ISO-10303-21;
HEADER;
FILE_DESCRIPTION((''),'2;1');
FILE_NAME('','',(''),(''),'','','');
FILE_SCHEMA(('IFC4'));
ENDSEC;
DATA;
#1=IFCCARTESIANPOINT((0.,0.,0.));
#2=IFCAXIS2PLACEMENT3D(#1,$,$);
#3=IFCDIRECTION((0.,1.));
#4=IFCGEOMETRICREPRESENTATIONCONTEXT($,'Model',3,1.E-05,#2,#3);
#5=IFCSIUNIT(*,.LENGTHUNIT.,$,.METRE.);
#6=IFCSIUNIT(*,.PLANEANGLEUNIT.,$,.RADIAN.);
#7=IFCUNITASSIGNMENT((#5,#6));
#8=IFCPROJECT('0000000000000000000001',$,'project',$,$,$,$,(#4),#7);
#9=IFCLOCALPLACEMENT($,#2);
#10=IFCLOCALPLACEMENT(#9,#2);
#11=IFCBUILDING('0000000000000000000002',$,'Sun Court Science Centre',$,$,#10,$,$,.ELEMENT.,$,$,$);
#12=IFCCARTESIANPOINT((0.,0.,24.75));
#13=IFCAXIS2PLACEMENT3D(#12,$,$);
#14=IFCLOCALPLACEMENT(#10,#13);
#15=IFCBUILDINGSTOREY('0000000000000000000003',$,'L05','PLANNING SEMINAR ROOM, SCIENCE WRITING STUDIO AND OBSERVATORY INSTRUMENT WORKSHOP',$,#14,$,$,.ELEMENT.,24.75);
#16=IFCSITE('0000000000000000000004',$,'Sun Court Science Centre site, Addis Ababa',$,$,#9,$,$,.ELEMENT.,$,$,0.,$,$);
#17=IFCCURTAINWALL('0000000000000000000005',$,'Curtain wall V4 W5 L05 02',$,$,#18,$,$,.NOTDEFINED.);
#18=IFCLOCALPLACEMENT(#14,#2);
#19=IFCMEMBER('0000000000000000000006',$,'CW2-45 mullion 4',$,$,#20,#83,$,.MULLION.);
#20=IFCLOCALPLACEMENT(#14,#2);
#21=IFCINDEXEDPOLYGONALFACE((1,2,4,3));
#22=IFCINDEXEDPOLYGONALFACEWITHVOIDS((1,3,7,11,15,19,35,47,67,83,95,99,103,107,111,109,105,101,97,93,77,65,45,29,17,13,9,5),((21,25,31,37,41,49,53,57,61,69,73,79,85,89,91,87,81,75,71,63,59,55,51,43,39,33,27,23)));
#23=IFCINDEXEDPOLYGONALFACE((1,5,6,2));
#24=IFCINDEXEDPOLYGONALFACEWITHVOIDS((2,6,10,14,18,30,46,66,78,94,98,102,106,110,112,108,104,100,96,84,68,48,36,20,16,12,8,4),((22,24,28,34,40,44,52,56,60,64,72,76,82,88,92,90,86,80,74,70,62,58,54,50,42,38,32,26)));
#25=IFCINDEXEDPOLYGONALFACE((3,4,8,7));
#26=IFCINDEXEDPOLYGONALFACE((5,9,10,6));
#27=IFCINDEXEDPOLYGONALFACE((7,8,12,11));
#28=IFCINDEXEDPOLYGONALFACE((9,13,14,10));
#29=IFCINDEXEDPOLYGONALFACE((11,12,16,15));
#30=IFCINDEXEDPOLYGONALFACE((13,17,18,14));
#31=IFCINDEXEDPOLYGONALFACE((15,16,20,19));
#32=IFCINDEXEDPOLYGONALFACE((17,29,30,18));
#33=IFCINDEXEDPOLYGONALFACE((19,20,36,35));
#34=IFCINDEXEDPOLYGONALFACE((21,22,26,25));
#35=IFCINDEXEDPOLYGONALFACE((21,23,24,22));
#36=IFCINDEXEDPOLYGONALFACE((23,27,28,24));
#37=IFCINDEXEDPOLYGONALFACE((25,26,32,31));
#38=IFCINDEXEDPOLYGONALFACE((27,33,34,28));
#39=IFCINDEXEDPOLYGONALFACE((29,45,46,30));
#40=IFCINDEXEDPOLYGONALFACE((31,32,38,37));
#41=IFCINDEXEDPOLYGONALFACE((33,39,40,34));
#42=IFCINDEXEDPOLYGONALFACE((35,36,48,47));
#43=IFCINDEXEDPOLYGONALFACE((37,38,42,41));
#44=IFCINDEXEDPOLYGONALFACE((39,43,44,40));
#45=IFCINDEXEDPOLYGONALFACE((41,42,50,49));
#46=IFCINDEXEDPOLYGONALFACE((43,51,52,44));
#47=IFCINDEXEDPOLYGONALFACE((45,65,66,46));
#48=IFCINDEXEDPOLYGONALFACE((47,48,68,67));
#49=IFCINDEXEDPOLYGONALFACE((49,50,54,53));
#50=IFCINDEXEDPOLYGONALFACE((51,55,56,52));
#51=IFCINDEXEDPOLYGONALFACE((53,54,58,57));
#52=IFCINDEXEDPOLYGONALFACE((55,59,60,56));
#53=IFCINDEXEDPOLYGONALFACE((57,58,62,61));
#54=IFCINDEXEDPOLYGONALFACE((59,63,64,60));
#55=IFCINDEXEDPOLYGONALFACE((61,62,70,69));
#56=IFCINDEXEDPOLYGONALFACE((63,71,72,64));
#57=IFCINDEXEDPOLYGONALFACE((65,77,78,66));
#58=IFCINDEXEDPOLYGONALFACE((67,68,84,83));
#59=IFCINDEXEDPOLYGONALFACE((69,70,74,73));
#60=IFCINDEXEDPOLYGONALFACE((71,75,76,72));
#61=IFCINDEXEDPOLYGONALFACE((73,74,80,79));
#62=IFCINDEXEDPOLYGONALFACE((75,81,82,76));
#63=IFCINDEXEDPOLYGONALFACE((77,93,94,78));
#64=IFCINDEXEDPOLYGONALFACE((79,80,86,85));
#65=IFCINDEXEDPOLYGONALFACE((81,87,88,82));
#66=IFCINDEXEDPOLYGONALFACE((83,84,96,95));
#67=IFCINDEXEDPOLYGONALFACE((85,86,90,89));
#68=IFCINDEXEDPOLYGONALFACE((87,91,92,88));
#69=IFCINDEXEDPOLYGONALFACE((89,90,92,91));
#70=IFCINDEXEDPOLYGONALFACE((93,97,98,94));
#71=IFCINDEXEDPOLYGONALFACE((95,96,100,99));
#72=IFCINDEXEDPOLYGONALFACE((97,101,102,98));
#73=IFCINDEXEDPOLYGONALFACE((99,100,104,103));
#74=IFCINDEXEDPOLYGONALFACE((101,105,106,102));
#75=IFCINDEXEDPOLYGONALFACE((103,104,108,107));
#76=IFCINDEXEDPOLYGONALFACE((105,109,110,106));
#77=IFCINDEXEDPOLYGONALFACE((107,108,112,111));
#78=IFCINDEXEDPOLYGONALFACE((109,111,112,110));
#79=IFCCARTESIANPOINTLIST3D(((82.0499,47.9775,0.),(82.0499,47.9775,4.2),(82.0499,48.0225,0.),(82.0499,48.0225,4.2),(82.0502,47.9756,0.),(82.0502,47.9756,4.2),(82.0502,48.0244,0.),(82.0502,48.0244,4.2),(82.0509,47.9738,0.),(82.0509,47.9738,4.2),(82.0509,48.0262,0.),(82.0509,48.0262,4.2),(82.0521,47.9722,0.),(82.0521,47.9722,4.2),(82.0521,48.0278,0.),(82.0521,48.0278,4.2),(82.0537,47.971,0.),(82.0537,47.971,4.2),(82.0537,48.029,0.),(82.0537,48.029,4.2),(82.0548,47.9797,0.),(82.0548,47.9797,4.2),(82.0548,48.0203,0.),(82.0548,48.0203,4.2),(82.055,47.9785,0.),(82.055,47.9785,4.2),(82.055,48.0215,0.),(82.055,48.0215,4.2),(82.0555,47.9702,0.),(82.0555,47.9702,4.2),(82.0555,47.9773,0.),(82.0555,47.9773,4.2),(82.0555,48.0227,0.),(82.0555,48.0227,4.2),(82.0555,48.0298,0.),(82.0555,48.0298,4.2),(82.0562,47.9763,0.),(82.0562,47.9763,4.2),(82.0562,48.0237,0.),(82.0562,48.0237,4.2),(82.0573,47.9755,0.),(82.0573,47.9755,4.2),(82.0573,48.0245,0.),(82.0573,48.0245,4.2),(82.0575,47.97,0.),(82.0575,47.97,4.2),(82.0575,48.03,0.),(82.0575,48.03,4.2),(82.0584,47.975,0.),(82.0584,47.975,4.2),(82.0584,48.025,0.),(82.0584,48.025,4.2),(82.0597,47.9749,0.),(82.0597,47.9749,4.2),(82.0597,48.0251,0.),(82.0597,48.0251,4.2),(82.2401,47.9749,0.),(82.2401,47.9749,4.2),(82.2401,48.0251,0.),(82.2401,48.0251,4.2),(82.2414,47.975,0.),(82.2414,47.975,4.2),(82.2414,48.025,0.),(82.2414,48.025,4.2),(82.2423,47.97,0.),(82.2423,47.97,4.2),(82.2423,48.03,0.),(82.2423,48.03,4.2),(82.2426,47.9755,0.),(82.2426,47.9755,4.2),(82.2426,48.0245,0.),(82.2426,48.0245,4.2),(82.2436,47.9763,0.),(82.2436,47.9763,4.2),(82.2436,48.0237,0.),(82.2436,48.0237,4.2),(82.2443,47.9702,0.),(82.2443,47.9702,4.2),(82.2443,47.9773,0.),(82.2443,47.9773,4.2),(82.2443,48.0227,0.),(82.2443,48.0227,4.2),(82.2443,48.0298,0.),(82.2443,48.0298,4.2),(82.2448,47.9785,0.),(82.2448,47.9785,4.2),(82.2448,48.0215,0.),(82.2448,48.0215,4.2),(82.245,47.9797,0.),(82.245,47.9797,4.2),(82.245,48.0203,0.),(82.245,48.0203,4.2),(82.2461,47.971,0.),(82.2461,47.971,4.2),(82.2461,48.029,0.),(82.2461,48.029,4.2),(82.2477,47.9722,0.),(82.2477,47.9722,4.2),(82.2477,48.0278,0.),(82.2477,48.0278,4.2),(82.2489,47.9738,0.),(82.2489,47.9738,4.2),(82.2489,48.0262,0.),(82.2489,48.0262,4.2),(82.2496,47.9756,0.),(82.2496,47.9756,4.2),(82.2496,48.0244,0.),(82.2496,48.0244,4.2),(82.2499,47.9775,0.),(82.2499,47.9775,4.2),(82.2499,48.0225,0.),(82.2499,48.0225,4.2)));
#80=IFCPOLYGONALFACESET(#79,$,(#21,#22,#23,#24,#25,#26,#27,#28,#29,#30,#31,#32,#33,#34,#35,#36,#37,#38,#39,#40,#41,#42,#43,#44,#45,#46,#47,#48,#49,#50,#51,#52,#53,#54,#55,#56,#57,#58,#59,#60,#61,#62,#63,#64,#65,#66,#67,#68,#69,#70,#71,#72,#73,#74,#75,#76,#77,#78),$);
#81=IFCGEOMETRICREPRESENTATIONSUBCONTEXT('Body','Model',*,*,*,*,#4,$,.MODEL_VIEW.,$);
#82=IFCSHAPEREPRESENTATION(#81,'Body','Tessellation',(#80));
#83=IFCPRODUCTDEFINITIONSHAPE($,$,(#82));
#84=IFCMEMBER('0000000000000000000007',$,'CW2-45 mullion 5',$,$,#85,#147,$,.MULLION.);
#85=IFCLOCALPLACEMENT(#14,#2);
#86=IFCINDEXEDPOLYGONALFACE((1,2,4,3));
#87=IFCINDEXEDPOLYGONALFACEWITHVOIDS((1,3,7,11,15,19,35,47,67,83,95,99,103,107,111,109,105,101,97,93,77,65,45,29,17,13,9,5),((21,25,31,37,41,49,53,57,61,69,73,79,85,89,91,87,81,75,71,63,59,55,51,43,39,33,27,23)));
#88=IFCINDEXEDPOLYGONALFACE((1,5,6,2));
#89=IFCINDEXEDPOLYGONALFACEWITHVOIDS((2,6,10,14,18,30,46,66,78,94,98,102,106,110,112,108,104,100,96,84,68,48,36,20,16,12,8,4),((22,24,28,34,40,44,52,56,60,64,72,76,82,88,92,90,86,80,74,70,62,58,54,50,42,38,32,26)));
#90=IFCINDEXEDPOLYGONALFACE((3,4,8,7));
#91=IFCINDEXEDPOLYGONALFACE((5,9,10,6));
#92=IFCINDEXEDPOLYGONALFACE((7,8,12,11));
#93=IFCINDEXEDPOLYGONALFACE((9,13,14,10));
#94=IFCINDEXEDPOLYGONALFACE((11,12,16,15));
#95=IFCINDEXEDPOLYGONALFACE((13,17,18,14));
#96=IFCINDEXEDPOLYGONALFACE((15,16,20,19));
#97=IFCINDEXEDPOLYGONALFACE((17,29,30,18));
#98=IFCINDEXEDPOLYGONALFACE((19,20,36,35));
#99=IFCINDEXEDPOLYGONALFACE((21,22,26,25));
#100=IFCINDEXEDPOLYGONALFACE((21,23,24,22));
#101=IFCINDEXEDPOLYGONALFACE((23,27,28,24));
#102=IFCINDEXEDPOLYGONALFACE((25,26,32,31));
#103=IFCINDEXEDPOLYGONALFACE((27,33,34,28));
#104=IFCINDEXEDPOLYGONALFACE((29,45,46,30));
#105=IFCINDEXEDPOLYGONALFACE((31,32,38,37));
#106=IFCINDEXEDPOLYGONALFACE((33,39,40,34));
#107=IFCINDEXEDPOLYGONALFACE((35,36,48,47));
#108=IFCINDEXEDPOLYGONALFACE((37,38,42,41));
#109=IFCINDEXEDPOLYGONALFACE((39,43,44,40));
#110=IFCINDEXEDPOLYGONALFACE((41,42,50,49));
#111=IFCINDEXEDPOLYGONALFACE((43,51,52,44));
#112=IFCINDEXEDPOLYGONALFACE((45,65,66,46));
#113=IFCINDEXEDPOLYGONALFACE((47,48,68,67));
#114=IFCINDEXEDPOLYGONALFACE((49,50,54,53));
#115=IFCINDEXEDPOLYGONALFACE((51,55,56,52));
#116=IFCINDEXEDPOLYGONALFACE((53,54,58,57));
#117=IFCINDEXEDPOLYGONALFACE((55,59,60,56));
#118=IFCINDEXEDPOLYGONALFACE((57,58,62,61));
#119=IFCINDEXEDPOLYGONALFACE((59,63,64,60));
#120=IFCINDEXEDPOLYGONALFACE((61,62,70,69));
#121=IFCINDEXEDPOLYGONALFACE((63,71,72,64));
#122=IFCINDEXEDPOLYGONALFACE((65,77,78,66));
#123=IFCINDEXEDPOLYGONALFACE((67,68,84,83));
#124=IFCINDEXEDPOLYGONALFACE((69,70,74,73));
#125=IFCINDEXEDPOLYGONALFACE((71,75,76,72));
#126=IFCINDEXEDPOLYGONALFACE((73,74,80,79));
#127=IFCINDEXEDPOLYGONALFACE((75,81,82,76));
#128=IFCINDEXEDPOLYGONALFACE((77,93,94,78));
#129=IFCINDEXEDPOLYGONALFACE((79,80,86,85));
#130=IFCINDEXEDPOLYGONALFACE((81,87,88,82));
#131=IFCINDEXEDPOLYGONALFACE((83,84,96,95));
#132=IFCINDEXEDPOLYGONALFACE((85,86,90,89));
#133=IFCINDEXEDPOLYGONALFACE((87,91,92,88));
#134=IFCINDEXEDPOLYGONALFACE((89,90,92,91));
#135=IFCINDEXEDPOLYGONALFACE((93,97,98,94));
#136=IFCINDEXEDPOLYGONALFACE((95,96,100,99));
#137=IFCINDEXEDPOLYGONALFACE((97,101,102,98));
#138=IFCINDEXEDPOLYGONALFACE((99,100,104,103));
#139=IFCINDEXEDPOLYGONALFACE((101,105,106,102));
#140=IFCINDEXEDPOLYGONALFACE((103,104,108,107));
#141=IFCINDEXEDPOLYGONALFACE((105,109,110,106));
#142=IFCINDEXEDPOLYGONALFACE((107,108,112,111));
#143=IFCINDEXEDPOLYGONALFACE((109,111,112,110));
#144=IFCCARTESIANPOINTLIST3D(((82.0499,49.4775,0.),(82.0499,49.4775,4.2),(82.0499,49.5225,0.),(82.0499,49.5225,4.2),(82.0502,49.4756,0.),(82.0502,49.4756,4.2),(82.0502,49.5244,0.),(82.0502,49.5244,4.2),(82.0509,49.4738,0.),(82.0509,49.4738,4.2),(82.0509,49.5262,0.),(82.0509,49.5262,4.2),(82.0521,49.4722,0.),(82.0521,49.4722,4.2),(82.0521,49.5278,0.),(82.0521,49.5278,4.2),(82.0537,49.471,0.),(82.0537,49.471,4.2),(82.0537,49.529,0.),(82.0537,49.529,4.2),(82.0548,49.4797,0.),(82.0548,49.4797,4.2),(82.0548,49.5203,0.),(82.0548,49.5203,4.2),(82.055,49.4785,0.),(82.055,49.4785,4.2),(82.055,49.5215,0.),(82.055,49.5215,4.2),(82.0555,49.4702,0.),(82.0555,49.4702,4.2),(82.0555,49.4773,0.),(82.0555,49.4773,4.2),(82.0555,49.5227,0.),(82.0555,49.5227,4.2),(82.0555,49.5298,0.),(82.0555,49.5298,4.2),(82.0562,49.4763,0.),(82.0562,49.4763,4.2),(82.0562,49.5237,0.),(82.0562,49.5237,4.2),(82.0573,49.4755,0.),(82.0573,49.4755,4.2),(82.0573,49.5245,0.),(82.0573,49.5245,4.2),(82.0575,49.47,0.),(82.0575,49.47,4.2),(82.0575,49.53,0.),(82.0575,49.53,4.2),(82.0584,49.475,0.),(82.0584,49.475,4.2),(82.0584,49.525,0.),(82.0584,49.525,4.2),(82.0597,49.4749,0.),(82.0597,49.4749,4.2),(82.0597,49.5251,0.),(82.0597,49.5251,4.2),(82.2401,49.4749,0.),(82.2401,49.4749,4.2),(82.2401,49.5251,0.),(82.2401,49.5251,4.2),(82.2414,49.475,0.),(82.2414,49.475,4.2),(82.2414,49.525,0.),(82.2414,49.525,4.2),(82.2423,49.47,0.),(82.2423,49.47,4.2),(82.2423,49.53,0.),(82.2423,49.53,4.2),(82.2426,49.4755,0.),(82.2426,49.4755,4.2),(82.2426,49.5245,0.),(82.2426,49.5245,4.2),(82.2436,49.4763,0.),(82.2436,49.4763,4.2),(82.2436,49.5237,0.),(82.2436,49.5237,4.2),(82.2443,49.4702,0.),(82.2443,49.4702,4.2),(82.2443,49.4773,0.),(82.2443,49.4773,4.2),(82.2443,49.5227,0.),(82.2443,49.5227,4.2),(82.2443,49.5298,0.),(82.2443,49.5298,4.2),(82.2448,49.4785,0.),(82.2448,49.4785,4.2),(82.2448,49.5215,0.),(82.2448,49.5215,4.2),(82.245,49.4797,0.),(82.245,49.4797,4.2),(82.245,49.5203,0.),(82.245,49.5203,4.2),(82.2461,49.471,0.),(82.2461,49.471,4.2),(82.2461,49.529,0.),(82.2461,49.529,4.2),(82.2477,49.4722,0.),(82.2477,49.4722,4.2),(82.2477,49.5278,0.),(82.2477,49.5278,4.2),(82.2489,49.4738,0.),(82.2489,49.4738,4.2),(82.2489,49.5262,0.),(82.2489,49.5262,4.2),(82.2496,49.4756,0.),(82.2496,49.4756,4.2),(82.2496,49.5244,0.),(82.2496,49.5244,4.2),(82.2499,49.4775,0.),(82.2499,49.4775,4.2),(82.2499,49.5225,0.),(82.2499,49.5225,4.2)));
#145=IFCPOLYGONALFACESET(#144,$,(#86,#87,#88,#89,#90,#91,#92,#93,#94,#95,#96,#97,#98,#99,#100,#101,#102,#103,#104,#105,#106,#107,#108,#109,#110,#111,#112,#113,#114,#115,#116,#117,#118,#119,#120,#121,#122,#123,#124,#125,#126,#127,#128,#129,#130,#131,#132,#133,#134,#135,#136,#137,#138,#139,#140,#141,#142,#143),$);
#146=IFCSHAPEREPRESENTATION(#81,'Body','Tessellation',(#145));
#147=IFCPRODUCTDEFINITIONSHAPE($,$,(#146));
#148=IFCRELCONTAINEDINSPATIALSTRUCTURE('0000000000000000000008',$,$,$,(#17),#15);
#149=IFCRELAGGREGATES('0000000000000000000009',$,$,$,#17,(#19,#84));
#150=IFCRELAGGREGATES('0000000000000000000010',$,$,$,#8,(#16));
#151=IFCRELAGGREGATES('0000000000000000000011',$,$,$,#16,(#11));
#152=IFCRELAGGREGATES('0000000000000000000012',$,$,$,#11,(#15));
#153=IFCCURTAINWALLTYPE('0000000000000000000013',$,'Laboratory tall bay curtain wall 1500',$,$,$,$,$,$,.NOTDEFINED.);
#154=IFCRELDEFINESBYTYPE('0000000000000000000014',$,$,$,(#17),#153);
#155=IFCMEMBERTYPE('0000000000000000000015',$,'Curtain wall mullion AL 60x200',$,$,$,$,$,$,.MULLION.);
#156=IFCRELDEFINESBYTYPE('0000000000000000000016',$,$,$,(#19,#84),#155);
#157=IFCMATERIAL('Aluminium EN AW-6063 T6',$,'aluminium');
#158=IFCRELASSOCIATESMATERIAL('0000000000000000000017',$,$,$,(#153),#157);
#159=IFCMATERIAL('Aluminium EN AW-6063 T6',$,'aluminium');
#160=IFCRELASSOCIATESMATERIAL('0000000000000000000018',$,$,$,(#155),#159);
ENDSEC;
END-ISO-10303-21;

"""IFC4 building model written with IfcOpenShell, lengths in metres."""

from ifc_helpers import new_model, si_unit, direction, frame, origin, origin_2d, place, context, subcontext, project, spatial, hollow_rectangle, extrude, material, material_profile, profile_set, type_object, element, aggregate, save


model = new_model("IFC4")

# Units and contexts
model_context = context("Model", 3, precision=1e-05, world=origin(), true_north=direction((0.0, 1.0)))
body_context = subcontext(model_context, "Body", "Model", "MODEL_VIEW")
ifc_project = project(units=[si_unit("LENGTHUNIT", "METRE"), si_unit("PLANEANGLEUNIT", "RADIAN")], contexts=[model_context])

# Site, building, storey
site_placement = place(None, origin())
site = spatial("IfcSite", under=ifc_project, at=site_placement, Name="Sun Court Science Centre site, Addis Ababa", CompositionType="ELEMENT", RefElevation=0.0)
building_placement = place(site_placement, origin())
building = spatial("IfcBuilding", under=site, at=building_placement, Name="Sun Court Science Centre", CompositionType="ELEMENT")
storey_placement = place(building_placement, frame((0.0, 0.0, 24.75)))
storey = spatial("IfcBuildingStorey", under=building, at=storey_placement, Name="L05", Description="PLANNING SEMINAR ROOM, SCIENCE WRITING STUDIO AND OBSERVATORY INSTRUMENT WORKSHOP", CompositionType="ELEMENT", Elevation=24.75)

# Curtain wall, members
ifc_material_1 = material(Name="Aluminium EN AW-6063 T6", Category="aluminium")
curtain_wall_type = type_object("IfcCurtainWallType", Name="Laboratory tall bay curtain wall 1500", PredefinedType="NOTDEFINED", material=ifc_material_1)
curtain_wall_placement = place(storey_placement, origin())
curtain_wall = element("IfcCurtainWall", 1, at=curtain_wall_placement, inside=storey, type_object=curtain_wall_type, Name="Curtain wall V4 W5 L05 02", PredefinedType="NOTDEFINED")
ifc_material_2 = material(Name="Aluminium EN AW-6063 T6", Category="aluminium")
ifc_material_profile_1 = material_profile(ifc_material_2, hollow_rectangle(XDim=0.0601, YDim=0.2, WallThickness=0.0049, InnerFilletRadius=0.0049, OuterFilletRadius=0.0076, at=origin_2d()), Name="AL 60x200x5")
ifc_profile_set_1 = profile_set([ifc_material_profile_1], Name="Aluminium EN AW-6063 T6")
member_type_1 = type_object("IfcMemberType", Name="Curtain wall mullion AL 60x200", PredefinedType="MULLION", material=ifc_profile_set_1)
member_1_placement = place(storey_placement, frame((82.1499, 48.0, 0.0), z_axis=(0.0, 0.0, 1.0), x_axis=(0.0, 1.0, 0.0)))
member_1 = element("IfcMember", 2, at=member_1_placement, type_object=member_type_1, Name="CW2-45 mullion 4", PredefinedType="MULLION", context=body_context, shape_type="SweptSolid", body=[
    extrude(hollow_rectangle(XDim=0.0601, YDim=0.2, WallThickness=0.0049, InnerFilletRadius=0.0049, OuterFilletRadius=0.0076, at=origin_2d()), origin(), (0.0, 0.0, 1.0), 4.2),
])
member_2_placement = place(storey_placement, frame((82.1499, 49.5, 0.0), z_axis=(0.0, 0.0, 1.0), x_axis=(0.0, 1.0, 0.0)))
member_2 = element("IfcMember", 3, at=member_2_placement, type_object=member_type_1, Name="CW2-45 mullion 5", PredefinedType="MULLION", context=body_context, shape_type="SweptSolid", body=[
    extrude(hollow_rectangle(XDim=0.0601, YDim=0.2, WallThickness=0.0049, InnerFilletRadius=0.0049, OuterFilletRadius=0.0076, at=origin_2d()), origin(), (0.0, 0.0, 1.0), 4.2),
])

aggregate(curtain_wall, [member_1, member_2])

save(model, "model.ifc")
